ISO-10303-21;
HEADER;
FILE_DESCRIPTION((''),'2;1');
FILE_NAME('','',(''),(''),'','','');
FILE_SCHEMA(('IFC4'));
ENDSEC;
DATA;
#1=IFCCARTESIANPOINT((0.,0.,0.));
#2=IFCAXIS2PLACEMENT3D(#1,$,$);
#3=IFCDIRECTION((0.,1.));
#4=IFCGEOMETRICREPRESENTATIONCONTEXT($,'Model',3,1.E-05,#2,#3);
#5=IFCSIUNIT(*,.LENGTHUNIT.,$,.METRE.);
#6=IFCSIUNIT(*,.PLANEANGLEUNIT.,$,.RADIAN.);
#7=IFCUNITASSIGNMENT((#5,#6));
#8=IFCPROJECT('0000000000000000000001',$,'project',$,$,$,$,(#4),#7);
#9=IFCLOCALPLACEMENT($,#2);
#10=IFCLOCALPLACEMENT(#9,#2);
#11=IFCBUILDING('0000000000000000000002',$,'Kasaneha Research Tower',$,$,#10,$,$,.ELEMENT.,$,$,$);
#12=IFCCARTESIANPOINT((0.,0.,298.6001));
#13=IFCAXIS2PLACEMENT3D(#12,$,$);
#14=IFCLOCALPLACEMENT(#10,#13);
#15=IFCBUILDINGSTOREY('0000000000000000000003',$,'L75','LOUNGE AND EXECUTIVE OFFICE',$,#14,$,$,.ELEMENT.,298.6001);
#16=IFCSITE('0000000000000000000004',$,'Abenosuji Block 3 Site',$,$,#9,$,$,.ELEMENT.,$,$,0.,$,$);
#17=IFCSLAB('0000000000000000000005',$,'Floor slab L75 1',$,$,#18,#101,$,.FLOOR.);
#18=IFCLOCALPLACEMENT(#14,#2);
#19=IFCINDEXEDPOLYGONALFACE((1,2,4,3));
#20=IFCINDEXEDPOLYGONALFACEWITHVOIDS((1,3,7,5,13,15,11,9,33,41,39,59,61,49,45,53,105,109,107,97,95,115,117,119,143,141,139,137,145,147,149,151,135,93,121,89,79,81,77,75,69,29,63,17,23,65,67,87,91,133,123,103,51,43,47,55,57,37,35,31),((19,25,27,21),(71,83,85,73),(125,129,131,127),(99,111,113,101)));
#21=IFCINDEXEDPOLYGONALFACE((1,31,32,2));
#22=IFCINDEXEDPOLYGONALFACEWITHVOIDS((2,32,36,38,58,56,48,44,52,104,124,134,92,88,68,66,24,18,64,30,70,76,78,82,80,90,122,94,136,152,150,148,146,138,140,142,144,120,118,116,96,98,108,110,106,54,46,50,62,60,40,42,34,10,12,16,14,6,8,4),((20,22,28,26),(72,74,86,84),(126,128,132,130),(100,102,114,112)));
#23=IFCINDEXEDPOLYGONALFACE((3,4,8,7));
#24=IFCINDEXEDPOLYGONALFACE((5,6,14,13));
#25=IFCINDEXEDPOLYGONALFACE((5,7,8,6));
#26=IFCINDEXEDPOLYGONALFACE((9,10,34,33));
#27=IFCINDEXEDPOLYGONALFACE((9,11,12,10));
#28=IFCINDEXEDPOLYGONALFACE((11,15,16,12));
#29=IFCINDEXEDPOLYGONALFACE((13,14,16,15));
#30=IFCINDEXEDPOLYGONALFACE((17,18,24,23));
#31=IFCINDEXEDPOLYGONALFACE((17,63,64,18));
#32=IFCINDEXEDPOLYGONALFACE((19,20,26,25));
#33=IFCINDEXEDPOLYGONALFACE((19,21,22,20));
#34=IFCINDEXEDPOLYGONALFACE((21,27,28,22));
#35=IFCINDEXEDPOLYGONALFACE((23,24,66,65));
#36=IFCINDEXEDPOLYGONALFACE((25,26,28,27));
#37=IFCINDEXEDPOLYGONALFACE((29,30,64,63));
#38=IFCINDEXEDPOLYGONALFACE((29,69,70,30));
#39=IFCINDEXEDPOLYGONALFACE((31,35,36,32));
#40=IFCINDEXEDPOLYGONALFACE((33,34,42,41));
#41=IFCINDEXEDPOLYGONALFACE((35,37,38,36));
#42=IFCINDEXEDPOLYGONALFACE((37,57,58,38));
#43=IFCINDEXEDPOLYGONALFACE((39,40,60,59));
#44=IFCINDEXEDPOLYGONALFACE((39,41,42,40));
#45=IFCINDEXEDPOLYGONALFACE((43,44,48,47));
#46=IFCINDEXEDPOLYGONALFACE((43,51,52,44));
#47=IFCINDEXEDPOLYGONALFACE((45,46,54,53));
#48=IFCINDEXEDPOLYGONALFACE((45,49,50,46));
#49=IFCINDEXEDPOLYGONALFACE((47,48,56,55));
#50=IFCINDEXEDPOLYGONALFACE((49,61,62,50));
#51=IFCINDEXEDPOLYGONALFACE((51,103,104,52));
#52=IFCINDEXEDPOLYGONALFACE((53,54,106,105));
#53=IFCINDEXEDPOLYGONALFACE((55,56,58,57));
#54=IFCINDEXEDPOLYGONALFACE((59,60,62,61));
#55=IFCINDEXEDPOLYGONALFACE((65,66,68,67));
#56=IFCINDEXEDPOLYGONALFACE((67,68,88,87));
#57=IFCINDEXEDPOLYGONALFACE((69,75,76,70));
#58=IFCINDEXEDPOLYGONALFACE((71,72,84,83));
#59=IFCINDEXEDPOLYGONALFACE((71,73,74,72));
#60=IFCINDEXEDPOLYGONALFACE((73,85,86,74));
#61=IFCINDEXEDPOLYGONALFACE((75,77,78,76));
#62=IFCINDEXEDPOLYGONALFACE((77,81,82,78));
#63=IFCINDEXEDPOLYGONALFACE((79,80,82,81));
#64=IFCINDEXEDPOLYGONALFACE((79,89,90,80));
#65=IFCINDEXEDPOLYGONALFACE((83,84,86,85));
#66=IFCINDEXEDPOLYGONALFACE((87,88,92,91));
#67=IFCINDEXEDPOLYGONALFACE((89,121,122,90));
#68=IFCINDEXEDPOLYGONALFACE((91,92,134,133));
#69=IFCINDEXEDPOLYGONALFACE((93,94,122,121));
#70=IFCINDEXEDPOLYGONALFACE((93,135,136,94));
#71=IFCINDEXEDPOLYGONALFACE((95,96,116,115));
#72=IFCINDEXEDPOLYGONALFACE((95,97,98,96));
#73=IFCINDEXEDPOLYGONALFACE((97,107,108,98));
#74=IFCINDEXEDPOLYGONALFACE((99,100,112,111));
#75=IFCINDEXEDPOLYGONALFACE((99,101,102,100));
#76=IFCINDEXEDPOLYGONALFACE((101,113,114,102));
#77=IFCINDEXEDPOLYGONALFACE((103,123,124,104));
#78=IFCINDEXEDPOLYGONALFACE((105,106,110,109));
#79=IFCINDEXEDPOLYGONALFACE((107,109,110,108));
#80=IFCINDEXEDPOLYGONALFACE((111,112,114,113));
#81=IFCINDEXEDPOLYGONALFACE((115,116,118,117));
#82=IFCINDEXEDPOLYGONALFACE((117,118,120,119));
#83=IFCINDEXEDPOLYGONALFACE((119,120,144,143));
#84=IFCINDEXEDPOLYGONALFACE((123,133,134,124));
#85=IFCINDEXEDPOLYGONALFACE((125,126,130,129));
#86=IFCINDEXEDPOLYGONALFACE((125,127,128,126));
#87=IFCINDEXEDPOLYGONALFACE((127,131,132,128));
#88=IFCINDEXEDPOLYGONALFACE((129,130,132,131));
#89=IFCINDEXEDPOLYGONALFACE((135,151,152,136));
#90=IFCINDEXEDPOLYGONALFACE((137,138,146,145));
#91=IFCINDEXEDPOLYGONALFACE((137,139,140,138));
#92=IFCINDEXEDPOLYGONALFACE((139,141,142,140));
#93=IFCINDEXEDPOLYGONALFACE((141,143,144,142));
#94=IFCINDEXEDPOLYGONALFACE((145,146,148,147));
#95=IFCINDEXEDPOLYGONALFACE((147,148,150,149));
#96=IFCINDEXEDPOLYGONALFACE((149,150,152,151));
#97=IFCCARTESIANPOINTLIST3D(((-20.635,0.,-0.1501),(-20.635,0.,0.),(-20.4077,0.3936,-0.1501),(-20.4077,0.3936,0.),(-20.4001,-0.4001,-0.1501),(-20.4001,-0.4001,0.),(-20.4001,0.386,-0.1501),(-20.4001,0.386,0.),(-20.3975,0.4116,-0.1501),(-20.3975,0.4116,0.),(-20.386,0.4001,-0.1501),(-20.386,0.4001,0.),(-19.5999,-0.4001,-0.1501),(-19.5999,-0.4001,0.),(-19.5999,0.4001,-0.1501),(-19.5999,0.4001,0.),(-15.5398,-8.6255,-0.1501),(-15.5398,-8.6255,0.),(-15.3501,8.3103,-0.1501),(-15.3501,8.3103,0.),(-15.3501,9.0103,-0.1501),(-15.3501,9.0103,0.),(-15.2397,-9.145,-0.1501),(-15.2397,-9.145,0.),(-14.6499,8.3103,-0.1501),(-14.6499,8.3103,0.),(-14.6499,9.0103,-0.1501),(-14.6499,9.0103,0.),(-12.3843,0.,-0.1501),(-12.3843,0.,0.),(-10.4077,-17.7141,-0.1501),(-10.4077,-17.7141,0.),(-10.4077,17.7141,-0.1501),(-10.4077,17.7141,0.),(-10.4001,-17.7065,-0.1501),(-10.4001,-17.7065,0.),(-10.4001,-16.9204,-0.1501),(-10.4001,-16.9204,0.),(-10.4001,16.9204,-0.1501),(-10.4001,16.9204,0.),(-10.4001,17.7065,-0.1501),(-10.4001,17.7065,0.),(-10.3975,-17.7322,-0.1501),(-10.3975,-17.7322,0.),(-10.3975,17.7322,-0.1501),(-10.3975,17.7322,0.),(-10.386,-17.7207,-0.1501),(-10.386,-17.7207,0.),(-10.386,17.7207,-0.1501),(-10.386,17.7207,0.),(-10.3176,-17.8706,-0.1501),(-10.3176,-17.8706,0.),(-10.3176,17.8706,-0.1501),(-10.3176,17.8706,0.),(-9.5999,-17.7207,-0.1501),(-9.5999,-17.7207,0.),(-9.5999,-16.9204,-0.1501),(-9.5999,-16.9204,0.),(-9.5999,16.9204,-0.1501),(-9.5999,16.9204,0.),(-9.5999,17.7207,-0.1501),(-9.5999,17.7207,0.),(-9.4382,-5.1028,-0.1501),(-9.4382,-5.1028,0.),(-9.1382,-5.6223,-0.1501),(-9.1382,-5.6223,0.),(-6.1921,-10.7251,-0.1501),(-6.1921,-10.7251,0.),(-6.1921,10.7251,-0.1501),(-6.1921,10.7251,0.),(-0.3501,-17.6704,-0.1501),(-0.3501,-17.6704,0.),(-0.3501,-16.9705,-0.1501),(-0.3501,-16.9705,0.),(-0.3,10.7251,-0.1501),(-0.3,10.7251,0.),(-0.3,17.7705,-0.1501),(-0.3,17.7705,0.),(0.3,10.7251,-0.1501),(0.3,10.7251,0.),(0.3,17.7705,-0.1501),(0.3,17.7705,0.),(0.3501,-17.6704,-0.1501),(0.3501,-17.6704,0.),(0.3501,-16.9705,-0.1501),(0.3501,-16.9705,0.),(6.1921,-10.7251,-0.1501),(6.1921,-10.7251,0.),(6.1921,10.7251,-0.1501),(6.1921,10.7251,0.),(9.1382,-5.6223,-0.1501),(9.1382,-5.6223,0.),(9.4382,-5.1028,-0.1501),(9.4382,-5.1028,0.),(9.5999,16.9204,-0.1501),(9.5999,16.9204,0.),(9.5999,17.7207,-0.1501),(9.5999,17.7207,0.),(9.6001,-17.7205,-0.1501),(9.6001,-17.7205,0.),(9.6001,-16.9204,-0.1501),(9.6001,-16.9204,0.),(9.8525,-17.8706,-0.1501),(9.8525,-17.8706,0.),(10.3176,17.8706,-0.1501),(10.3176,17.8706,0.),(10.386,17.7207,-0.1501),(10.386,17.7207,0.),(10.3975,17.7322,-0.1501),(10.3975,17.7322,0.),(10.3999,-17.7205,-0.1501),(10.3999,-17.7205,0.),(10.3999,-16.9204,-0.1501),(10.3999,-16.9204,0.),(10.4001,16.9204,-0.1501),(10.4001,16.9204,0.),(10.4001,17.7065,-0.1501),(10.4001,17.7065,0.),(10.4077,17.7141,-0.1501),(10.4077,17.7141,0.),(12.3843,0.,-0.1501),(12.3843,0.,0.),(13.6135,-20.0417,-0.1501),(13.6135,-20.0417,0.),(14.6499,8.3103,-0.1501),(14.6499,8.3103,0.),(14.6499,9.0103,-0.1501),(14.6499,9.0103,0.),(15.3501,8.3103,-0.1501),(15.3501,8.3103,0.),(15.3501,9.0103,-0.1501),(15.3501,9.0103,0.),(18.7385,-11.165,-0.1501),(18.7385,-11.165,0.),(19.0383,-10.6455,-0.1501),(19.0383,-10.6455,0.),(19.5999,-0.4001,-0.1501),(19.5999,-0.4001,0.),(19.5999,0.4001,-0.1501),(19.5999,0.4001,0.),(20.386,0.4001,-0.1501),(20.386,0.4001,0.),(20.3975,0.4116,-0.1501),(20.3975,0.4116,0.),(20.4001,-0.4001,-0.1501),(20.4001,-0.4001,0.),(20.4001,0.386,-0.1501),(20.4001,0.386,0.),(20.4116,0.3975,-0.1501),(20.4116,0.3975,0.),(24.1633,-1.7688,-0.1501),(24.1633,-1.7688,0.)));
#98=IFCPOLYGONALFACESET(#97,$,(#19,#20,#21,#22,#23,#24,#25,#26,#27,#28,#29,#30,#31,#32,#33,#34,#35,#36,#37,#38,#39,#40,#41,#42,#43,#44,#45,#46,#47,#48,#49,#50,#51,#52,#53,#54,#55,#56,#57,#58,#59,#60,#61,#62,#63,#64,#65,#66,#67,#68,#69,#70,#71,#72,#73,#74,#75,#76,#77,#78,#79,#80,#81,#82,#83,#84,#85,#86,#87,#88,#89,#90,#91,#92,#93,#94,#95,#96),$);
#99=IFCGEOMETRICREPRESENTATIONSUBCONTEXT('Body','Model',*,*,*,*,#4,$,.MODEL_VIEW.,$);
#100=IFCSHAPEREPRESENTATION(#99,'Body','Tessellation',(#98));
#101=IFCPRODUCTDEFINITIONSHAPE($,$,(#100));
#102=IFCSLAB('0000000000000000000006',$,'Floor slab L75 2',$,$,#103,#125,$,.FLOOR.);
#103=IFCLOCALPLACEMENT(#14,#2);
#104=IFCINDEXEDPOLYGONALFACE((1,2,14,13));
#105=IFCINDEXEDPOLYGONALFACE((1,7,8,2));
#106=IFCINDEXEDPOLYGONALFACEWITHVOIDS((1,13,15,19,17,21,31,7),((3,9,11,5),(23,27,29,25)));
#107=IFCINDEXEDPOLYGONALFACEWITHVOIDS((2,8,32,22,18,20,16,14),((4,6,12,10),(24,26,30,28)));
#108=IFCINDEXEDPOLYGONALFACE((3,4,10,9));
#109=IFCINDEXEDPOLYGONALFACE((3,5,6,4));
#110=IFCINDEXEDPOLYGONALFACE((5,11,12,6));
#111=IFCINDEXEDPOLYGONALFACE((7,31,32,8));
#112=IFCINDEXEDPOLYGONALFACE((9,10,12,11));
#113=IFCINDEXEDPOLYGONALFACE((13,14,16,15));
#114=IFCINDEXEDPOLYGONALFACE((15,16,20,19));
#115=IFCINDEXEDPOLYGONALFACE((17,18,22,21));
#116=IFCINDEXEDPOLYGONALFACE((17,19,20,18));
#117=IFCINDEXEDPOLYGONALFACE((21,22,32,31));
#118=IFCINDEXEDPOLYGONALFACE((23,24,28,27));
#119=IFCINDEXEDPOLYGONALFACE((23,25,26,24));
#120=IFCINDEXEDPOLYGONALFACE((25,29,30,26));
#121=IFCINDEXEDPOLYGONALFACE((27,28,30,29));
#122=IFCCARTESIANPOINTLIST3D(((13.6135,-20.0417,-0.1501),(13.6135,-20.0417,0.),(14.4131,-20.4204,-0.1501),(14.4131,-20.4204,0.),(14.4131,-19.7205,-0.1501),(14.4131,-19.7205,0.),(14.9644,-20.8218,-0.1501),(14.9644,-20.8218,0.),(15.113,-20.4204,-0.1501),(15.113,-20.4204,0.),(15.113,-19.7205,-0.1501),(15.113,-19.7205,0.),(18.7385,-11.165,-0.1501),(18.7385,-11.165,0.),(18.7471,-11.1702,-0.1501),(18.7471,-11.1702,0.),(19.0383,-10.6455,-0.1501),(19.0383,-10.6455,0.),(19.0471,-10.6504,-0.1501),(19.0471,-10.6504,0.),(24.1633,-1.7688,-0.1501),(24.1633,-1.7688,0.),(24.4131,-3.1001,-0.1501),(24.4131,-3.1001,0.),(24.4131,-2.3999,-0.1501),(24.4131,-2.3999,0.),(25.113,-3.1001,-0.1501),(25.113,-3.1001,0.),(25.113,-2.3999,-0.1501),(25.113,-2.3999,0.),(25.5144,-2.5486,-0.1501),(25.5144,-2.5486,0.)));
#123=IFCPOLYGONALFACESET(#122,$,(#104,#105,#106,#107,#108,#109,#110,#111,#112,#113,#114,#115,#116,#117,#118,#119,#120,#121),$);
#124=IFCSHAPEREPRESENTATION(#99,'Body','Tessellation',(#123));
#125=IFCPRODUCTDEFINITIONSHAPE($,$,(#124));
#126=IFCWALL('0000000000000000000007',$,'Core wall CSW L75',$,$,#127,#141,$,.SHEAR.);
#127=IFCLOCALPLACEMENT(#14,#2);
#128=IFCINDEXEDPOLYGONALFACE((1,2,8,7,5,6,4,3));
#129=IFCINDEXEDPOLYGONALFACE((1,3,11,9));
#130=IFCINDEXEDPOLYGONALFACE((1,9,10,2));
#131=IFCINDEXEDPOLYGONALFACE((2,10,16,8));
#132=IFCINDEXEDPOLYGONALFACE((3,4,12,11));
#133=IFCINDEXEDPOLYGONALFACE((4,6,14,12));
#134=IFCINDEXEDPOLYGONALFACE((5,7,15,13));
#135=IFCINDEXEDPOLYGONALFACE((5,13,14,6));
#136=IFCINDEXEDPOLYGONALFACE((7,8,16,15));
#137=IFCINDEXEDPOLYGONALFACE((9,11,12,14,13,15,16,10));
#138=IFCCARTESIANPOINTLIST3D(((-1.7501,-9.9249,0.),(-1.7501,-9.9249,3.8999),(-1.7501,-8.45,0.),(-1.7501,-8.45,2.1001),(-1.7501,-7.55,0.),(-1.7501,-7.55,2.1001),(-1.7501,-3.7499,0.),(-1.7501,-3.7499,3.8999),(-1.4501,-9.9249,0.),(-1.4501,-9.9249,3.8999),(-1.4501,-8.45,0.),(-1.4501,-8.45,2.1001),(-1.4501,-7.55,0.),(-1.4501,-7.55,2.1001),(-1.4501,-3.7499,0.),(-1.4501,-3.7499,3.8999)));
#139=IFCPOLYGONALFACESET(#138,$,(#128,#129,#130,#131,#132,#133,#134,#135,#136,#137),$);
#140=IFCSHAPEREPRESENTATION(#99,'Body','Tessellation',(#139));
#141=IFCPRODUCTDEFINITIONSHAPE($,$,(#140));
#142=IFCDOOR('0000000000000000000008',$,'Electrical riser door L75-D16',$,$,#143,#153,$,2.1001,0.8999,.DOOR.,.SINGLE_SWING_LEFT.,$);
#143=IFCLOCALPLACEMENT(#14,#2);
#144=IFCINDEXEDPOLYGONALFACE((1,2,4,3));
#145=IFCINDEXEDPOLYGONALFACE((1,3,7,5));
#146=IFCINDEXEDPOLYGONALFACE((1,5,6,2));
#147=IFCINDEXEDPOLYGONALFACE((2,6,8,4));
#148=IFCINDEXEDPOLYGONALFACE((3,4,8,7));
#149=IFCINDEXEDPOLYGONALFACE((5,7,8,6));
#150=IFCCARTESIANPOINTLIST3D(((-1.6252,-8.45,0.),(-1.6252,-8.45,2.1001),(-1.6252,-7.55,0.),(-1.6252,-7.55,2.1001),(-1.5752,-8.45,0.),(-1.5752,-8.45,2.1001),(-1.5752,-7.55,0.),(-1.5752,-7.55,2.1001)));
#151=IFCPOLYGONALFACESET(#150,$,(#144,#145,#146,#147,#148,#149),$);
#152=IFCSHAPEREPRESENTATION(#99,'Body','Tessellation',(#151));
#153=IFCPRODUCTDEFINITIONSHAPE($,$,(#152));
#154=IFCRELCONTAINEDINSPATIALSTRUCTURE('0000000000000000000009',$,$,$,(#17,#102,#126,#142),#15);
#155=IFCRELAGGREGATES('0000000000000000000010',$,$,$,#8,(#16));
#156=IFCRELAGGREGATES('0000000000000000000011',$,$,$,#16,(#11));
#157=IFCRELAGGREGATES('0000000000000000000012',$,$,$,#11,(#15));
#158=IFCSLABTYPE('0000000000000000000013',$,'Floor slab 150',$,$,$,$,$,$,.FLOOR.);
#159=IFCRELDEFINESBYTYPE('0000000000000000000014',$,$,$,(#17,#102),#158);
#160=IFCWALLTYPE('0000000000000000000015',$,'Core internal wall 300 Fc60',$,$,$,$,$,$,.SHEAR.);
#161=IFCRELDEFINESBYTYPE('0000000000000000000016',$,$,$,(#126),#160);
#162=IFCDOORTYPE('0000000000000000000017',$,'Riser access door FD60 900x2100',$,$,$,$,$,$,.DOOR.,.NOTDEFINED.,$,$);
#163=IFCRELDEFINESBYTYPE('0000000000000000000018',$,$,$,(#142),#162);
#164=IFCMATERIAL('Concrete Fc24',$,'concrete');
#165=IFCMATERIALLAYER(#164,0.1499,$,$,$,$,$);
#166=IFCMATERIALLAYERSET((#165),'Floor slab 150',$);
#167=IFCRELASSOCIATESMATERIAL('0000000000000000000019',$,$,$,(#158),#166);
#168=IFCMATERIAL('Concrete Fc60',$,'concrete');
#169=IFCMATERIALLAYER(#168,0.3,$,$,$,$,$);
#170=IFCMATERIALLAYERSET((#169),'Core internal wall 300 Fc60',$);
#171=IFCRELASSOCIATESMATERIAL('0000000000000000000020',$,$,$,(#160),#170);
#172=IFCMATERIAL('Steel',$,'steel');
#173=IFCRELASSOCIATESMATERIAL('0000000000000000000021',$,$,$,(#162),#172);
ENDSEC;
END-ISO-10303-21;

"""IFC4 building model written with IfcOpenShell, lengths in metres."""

from ifc_helpers import new_model, si_unit, direction, frame, frame_2d, origin, place, context, subcontext, project, spatial, polyline, rectangle, outline, extrude, material, layer, layer_set, type_object, element, fill, save


model = new_model("IFC4")

# Units and contexts
model_context = context("Model", 3, precision=1e-05, world=origin(), true_north=direction((0.0, 1.0)))
body_context = subcontext(model_context, "Body", "Model", "MODEL_VIEW")
ifc_project = project(units=[si_unit("LENGTHUNIT", "METRE"), si_unit("PLANEANGLEUNIT", "RADIAN")], contexts=[model_context])

# Site, building, storey
site_placement = place(None, origin())
site = spatial("IfcSite", under=ifc_project, at=site_placement, Name="Abenosuji Block 3 Site", CompositionType="ELEMENT", RefElevation=0.0)
building_placement = place(site_placement, origin())
building = spatial("IfcBuilding", under=site, at=building_placement, Name="Kasaneha Research Tower", CompositionType="ELEMENT")
storey_placement = place(building_placement, frame((0.0, 0.0, 298.6001)))
storey = spatial("IfcBuildingStorey", under=building, at=storey_placement, Name="L75", Description="LOUNGE AND EXECUTIVE OFFICE", CompositionType="ELEMENT", Elevation=298.6001)

# Slabs
ifc_material_1 = material(Name="Concrete Fc24", Category="concrete")
ifc_layer_1 = layer(ifc_material_1, 0.1499)
ifc_layer_set_1 = layer_set([ifc_layer_1], Name="Floor slab 150")
slab_type_1 = type_object("IfcSlabType", Name="Floor slab 150", PredefinedType="FLOOR", material=ifc_layer_set_1)
slab_1_placement = place(storey_placement, frame((0.0, 0.0, -0.1501)))
element("IfcSlab", 1, at=slab_1_placement, inside=storey, type_object=slab_type_1, Name="Floor slab L75 1", PredefinedType="FLOOR", context=body_context, shape_type="SweptSolid", body=[
    extrude(outline(polyline([(-10.3176, -17.8706), (-10.3975, -17.7322), (-10.386, -17.7207), (-9.5999, -17.7207), (-9.5999, -16.9204), (-10.4001, -16.9204), (-10.4001, -17.7065), (-10.4077, -17.7141), (-20.635, 0.0), (-20.4077, 0.3936), (-20.4001, 0.386), (-20.4001, -0.4001), (-19.5999, -0.4001), (-19.5999, 0.4001), (-20.386, 0.4001), (-20.3975, 0.4116), (-10.4077, 17.7141), (-10.4001, 17.7065), (-10.4001, 16.9204), (-9.5999, 16.9204), (-9.5999, 17.7207), (-10.386, 17.7207), (-10.3975, 17.7322), (-10.3176, 17.8706), (10.3176, 17.8706), (10.3975, 17.7322), (10.386, 17.7207), (9.5999, 17.7207), (9.5999, 16.9204), (10.4001, 16.9204), (10.4001, 17.7065), (10.4077, 17.7141), (20.3975, 0.4116), (20.386, 0.4001), (19.5999, 0.4001), (19.5999, -0.4001), (20.4001, -0.4001), (20.4001, 0.386), (20.4116, 0.3975), (24.1633, -1.7688), (19.0383, -10.6455), (9.4382, -5.1028), (12.3843, 0.0), (6.1921, 10.7251), (0.3, 10.7251), (0.3, 17.7705), (-0.3, 17.7705), (-0.3, 10.7251), (-6.1921, 10.7251), (-12.3843, 0.0), (-9.4382, -5.1028), (-15.5398, -8.6255), (-15.2397, -9.145), (-9.1382, -5.6223), (-6.1921, -10.7251), (6.1921, -10.7251), (9.1382, -5.6223), (18.7385, -11.165), (13.6135, -20.0417), (9.8525, -17.8706), (-10.3176, -17.8706)]), holes=[polyline([(0.3501, -17.6704), (0.3501, -16.9705), (-0.3501, -16.9705), (-0.3501, -17.6704), (0.3501, -17.6704)]), polyline([(-15.3501, 8.3103), (-14.6499, 8.3103), (-14.6499, 9.0103), (-15.3501, 9.0103), (-15.3501, 8.3103)]), polyline([(9.6001, -17.7205), (10.3999, -17.7205), (10.3999, -16.9204), (9.6001, -16.9204), (9.6001, -17.7205)]), polyline([(14.6499, 8.3103), (15.3501, 8.3103), (15.3501, 9.0103), (14.6499, 9.0103), (14.6499, 8.3103)])]), origin(), (0.0, 0.0, 1.0), 0.1501),
])
slab_2_placement = place(storey_placement, frame((0.0, 0.0, -0.1501)))
element("IfcSlab", 2, at=slab_2_placement, inside=storey, type_object=slab_type_1, Name="Floor slab L75 2", PredefinedType="FLOOR", context=body_context, shape_type="SweptSolid", body=[
    extrude(outline(polyline([(25.5144, -2.5486), (14.9644, -20.8218), (13.6135, -20.0417), (18.7385, -11.165), (18.7471, -11.1702), (19.0471, -10.6504), (19.0383, -10.6455), (24.1633, -1.7688), (25.5144, -2.5486)]), holes=[polyline([(14.4131, -20.4204), (15.113, -20.4204), (15.113, -19.7205), (14.4131, -19.7205), (14.4131, -20.4204)]), polyline([(24.4131, -3.1001), (25.113, -3.1001), (25.113, -2.3999), (24.4131, -2.3999), (24.4131, -3.1001)])]), origin(), (0.0, 0.0, 1.0), 0.1501),
])

# Shared definitions
ifc_material_2 = material(Name="Concrete Fc60", Category="concrete")
ifc_layer_2 = layer(ifc_material_2, 0.3)
ifc_layer_set_2 = layer_set([ifc_layer_2], Name="Core internal wall 300 Fc60")
wall_type_1 = type_object("IfcWallType", Name="Core internal wall 300 Fc60", PredefinedType="SHEAR", material=ifc_layer_set_2)

# Wall, opening, door
wall_1_placement = place(storey_placement, frame((-1.6001, -3.75, 0.0), z_axis=(0.0, 0.0, 1.0), x_axis=(0.0, -1.0, 0.0)))
wall_1 = element("IfcWall", 3, at=wall_1_placement, inside=storey, type_object=wall_type_1, Name="Core wall CSW L75", PredefinedType="SHEAR", context=body_context, shape_type="SweptSolid", body=[
    extrude(rectangle(XDim=6.175, YDim=0.3, at=frame_2d((3.0874, 0.0))), origin(), (0.0, 0.0, 1.0), 3.8999),
])
opening_1_placement = place(wall_1_placement, frame((3.8, 0.0, 0.0)))
opening_1 = element("IfcOpeningElement", 4, at=opening_1_placement, cuts=wall_1, PredefinedType="OPENING", context=body_context, shape_type="SweptSolid", body=[
    extrude(rectangle(XDim=0.8999, YDim=2.1001, at=frame_2d((0.45, 1.05))), frame((0.0, 0.1602, 0.0), z_axis=(0.0, -1.0, 0.0), x_axis=(1.0, 0.0, 0.0)), (0.0, 0.0, 1.0), 0.3201),
])
ifc_material_3 = material(Name="Steel", Category="steel")
door_type_1 = type_object("IfcDoorType", Name="Riser access door FD60 900x2100", OperationType="NOTDEFINED", PredefinedType="DOOR", material=ifc_material_3)
door_1_placement = place(opening_1_placement, origin())
door_1 = element("IfcDoor", 5, at=door_1_placement, inside=storey, type_object=door_type_1, Name="Electrical riser door L75-D16", OperationType="SINGLE_SWING_LEFT", OverallHeight=2.1001, OverallWidth=0.8999, PredefinedType="DOOR", context=body_context, shape_type="SweptSolid", body=[
    extrude(rectangle(XDim=0.8999, YDim=2.1001, at=frame_2d((0.45, 1.05))), frame((0.0, 0.0249, 0.0), z_axis=(0.0, -1.0, 0.0), x_axis=(1.0, 0.0, 0.0)), (0.0, 0.0, 1.0), 0.05),
])
fill(opening_1, door_1)

save(model, "model.ifc")
